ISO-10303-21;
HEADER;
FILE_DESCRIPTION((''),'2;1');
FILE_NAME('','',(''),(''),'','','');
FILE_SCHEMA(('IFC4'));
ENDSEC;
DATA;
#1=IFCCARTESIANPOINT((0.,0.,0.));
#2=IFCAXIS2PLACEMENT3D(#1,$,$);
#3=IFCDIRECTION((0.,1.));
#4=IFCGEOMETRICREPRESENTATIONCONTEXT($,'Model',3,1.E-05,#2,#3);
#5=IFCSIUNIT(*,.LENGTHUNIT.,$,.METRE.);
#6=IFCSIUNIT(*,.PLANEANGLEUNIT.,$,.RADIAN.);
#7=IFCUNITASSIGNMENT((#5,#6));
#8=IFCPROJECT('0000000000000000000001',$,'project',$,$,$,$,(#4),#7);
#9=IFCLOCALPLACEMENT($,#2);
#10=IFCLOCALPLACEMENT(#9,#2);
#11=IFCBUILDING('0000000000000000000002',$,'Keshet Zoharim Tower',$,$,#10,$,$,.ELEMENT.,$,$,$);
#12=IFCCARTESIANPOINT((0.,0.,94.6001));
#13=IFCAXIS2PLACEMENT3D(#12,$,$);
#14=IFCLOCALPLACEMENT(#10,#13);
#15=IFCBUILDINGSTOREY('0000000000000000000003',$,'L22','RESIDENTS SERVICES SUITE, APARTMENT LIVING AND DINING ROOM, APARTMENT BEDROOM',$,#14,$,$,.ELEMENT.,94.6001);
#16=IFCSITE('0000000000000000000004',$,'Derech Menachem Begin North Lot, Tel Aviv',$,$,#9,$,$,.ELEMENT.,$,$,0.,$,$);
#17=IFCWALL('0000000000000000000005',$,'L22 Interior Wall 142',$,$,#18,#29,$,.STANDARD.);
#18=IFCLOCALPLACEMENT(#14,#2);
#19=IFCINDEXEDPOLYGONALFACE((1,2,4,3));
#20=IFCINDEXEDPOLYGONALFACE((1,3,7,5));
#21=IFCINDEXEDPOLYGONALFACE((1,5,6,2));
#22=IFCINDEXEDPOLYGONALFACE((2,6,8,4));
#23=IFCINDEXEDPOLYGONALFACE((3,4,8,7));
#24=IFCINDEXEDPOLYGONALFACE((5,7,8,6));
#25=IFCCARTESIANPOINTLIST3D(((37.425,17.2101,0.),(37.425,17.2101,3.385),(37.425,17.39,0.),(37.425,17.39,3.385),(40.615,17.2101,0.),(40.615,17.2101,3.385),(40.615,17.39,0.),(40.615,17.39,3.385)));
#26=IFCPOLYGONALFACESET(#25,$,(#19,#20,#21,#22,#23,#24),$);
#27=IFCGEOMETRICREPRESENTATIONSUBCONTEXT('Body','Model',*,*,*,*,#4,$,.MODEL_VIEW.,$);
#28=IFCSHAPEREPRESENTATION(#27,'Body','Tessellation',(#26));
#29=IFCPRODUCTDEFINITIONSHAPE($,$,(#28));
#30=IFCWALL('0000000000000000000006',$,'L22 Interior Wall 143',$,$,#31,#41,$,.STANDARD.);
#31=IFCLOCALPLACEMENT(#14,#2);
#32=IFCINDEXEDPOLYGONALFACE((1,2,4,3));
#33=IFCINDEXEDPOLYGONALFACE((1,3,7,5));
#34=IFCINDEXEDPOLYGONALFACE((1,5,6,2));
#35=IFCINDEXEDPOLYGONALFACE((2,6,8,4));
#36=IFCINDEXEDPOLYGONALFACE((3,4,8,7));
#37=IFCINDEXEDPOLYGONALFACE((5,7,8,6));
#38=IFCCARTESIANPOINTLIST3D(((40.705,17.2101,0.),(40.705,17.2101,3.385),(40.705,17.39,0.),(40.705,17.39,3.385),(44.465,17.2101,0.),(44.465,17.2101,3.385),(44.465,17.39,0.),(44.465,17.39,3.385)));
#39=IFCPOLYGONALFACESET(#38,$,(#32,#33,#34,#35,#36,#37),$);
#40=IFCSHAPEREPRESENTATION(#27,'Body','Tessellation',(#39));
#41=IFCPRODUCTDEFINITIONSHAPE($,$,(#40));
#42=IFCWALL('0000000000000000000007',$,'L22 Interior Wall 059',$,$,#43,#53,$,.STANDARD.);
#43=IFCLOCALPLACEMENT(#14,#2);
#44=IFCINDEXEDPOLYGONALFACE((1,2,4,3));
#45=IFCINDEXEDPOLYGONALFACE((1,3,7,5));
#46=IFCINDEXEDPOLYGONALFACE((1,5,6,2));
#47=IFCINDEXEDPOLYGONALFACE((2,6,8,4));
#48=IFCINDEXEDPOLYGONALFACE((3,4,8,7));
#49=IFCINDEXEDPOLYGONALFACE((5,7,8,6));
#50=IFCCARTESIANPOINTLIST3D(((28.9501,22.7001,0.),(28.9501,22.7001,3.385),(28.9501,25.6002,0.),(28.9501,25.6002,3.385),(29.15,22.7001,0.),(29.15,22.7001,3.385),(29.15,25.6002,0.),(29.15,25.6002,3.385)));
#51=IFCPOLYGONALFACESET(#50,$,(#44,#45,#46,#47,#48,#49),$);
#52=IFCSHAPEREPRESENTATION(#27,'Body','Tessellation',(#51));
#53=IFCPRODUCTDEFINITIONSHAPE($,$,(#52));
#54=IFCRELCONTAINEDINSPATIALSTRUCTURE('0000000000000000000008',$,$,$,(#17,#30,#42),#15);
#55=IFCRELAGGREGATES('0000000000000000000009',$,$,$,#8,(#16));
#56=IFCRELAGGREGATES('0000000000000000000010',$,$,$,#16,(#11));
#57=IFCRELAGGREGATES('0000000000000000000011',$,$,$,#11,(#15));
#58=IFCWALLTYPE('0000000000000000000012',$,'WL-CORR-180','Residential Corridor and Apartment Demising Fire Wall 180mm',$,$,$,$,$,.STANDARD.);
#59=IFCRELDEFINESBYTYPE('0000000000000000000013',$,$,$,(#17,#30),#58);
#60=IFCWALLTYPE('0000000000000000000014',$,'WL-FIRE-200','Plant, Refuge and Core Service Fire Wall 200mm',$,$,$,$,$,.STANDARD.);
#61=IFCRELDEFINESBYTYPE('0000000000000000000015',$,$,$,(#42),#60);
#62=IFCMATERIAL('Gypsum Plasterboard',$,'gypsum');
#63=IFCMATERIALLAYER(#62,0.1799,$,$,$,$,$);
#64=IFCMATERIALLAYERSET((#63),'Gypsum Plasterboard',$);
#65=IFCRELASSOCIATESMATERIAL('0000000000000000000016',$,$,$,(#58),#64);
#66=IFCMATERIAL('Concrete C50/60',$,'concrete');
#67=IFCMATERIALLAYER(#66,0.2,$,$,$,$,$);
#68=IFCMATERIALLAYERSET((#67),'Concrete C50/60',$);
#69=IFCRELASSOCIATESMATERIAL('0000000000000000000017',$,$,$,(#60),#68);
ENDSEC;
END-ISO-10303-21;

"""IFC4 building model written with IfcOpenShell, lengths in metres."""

from ifc_helpers import new_model, si_unit, direction, frame, frame_2d, origin, place, context, subcontext, project, spatial, rectangle, extrude, material, layer, layer_set, type_object, element, save


model = new_model("IFC4")

# Units and contexts
model_context = context("Model", 3, precision=1e-05, world=origin(), true_north=direction((0.0, 1.0)))
body_context = subcontext(model_context, "Body", "Model", "MODEL_VIEW")
ifc_project = project(units=[si_unit("LENGTHUNIT", "METRE"), si_unit("PLANEANGLEUNIT", "RADIAN")], contexts=[model_context])

# Site, building, storey
site_placement = place(None, origin())
site = spatial("IfcSite", under=ifc_project, at=site_placement, Name="Derech Menachem Begin North Lot, Tel Aviv", CompositionType="ELEMENT", RefElevation=0.0)
building_placement = place(site_placement, origin())
building = spatial("IfcBuilding", under=site, at=building_placement, Name="Keshet Zoharim Tower", CompositionType="ELEMENT")
storey_placement = place(building_placement, frame((0.0, 0.0, 94.6001)))
storey = spatial("IfcBuildingStorey", under=building, at=storey_placement, Name="L22", Description="RESIDENTS SERVICES SUITE, APARTMENT LIVING AND DINING ROOM, APARTMENT BEDROOM", CompositionType="ELEMENT", Elevation=94.6001)

# Shared definitions
ifc_material_1 = material(Name="Gypsum Plasterboard", Category="gypsum")

# Walls
ifc_layer_1 = layer(ifc_material_1, 0.1799)
ifc_layer_set_1 = layer_set([ifc_layer_1], Name="Gypsum Plasterboard")
wall_type_1 = type_object("IfcWallType", Name="WL-CORR-180", Description="Residential Corridor and Apartment Demising Fire Wall 180mm", PredefinedType="STANDARD", material=ifc_layer_set_1)
wall_1_placement = place(storey_placement, frame((37.425, 17.3, 0.0), z_axis=(0.0, 0.0, 1.0), x_axis=(1.0, 0.0, 0.0)))
element("IfcWall", 1, at=wall_1_placement, inside=storey, type_object=wall_type_1, Name="L22 Interior Wall 142", PredefinedType="STANDARD", context=body_context, shape_type="SweptSolid", body=[
    extrude(rectangle(XDim=3.1899, YDim=0.1799, at=frame_2d((1.595, 0.0))), origin(), (0.0, 0.0, 1.0), 3.385),
])
wall_2_placement = place(storey_placement, frame((40.7051, 17.3, 0.0), z_axis=(0.0, 0.0, 1.0), x_axis=(1.0, 0.0, 0.0)))
element("IfcWall", 2, at=wall_2_placement, inside=storey, type_object=wall_type_1, Name="L22 Interior Wall 143", PredefinedType="STANDARD", context=body_context, shape_type="SweptSolid", body=[
    extrude(rectangle(XDim=3.76, YDim=0.1799, at=frame_2d((1.8799, 0.0))), origin(), (0.0, 0.0, 1.0), 3.385),
])
ifc_material_2 = material(Name="Concrete C50/60", Category="concrete")
ifc_layer_2 = layer(ifc_material_2, 0.2)
ifc_layer_set_2 = layer_set([ifc_layer_2], Name="Concrete C50/60")
wall_type_2 = type_object("IfcWallType", Name="WL-FIRE-200", Description="Plant, Refuge and Core Service Fire Wall 200mm", PredefinedType="STANDARD", material=ifc_layer_set_2)
wall_3_placement = place(storey_placement, frame((29.05, 22.7, 0.0), z_axis=(0.0, 0.0, 1.0), x_axis=(0.0, 1.0, 0.0)))
element("IfcWall", 3, at=wall_3_placement, inside=storey, type_object=wall_type_2, Name="L22 Interior Wall 059", PredefinedType="STANDARD", context=body_context, shape_type="SweptSolid", body=[
    extrude(rectangle(XDim=2.9001, YDim=0.2, at=frame_2d((1.4502, 0.0))), origin(), (0.0, 0.0, 1.0), 3.385),
])

save(model, "model.ifc")
